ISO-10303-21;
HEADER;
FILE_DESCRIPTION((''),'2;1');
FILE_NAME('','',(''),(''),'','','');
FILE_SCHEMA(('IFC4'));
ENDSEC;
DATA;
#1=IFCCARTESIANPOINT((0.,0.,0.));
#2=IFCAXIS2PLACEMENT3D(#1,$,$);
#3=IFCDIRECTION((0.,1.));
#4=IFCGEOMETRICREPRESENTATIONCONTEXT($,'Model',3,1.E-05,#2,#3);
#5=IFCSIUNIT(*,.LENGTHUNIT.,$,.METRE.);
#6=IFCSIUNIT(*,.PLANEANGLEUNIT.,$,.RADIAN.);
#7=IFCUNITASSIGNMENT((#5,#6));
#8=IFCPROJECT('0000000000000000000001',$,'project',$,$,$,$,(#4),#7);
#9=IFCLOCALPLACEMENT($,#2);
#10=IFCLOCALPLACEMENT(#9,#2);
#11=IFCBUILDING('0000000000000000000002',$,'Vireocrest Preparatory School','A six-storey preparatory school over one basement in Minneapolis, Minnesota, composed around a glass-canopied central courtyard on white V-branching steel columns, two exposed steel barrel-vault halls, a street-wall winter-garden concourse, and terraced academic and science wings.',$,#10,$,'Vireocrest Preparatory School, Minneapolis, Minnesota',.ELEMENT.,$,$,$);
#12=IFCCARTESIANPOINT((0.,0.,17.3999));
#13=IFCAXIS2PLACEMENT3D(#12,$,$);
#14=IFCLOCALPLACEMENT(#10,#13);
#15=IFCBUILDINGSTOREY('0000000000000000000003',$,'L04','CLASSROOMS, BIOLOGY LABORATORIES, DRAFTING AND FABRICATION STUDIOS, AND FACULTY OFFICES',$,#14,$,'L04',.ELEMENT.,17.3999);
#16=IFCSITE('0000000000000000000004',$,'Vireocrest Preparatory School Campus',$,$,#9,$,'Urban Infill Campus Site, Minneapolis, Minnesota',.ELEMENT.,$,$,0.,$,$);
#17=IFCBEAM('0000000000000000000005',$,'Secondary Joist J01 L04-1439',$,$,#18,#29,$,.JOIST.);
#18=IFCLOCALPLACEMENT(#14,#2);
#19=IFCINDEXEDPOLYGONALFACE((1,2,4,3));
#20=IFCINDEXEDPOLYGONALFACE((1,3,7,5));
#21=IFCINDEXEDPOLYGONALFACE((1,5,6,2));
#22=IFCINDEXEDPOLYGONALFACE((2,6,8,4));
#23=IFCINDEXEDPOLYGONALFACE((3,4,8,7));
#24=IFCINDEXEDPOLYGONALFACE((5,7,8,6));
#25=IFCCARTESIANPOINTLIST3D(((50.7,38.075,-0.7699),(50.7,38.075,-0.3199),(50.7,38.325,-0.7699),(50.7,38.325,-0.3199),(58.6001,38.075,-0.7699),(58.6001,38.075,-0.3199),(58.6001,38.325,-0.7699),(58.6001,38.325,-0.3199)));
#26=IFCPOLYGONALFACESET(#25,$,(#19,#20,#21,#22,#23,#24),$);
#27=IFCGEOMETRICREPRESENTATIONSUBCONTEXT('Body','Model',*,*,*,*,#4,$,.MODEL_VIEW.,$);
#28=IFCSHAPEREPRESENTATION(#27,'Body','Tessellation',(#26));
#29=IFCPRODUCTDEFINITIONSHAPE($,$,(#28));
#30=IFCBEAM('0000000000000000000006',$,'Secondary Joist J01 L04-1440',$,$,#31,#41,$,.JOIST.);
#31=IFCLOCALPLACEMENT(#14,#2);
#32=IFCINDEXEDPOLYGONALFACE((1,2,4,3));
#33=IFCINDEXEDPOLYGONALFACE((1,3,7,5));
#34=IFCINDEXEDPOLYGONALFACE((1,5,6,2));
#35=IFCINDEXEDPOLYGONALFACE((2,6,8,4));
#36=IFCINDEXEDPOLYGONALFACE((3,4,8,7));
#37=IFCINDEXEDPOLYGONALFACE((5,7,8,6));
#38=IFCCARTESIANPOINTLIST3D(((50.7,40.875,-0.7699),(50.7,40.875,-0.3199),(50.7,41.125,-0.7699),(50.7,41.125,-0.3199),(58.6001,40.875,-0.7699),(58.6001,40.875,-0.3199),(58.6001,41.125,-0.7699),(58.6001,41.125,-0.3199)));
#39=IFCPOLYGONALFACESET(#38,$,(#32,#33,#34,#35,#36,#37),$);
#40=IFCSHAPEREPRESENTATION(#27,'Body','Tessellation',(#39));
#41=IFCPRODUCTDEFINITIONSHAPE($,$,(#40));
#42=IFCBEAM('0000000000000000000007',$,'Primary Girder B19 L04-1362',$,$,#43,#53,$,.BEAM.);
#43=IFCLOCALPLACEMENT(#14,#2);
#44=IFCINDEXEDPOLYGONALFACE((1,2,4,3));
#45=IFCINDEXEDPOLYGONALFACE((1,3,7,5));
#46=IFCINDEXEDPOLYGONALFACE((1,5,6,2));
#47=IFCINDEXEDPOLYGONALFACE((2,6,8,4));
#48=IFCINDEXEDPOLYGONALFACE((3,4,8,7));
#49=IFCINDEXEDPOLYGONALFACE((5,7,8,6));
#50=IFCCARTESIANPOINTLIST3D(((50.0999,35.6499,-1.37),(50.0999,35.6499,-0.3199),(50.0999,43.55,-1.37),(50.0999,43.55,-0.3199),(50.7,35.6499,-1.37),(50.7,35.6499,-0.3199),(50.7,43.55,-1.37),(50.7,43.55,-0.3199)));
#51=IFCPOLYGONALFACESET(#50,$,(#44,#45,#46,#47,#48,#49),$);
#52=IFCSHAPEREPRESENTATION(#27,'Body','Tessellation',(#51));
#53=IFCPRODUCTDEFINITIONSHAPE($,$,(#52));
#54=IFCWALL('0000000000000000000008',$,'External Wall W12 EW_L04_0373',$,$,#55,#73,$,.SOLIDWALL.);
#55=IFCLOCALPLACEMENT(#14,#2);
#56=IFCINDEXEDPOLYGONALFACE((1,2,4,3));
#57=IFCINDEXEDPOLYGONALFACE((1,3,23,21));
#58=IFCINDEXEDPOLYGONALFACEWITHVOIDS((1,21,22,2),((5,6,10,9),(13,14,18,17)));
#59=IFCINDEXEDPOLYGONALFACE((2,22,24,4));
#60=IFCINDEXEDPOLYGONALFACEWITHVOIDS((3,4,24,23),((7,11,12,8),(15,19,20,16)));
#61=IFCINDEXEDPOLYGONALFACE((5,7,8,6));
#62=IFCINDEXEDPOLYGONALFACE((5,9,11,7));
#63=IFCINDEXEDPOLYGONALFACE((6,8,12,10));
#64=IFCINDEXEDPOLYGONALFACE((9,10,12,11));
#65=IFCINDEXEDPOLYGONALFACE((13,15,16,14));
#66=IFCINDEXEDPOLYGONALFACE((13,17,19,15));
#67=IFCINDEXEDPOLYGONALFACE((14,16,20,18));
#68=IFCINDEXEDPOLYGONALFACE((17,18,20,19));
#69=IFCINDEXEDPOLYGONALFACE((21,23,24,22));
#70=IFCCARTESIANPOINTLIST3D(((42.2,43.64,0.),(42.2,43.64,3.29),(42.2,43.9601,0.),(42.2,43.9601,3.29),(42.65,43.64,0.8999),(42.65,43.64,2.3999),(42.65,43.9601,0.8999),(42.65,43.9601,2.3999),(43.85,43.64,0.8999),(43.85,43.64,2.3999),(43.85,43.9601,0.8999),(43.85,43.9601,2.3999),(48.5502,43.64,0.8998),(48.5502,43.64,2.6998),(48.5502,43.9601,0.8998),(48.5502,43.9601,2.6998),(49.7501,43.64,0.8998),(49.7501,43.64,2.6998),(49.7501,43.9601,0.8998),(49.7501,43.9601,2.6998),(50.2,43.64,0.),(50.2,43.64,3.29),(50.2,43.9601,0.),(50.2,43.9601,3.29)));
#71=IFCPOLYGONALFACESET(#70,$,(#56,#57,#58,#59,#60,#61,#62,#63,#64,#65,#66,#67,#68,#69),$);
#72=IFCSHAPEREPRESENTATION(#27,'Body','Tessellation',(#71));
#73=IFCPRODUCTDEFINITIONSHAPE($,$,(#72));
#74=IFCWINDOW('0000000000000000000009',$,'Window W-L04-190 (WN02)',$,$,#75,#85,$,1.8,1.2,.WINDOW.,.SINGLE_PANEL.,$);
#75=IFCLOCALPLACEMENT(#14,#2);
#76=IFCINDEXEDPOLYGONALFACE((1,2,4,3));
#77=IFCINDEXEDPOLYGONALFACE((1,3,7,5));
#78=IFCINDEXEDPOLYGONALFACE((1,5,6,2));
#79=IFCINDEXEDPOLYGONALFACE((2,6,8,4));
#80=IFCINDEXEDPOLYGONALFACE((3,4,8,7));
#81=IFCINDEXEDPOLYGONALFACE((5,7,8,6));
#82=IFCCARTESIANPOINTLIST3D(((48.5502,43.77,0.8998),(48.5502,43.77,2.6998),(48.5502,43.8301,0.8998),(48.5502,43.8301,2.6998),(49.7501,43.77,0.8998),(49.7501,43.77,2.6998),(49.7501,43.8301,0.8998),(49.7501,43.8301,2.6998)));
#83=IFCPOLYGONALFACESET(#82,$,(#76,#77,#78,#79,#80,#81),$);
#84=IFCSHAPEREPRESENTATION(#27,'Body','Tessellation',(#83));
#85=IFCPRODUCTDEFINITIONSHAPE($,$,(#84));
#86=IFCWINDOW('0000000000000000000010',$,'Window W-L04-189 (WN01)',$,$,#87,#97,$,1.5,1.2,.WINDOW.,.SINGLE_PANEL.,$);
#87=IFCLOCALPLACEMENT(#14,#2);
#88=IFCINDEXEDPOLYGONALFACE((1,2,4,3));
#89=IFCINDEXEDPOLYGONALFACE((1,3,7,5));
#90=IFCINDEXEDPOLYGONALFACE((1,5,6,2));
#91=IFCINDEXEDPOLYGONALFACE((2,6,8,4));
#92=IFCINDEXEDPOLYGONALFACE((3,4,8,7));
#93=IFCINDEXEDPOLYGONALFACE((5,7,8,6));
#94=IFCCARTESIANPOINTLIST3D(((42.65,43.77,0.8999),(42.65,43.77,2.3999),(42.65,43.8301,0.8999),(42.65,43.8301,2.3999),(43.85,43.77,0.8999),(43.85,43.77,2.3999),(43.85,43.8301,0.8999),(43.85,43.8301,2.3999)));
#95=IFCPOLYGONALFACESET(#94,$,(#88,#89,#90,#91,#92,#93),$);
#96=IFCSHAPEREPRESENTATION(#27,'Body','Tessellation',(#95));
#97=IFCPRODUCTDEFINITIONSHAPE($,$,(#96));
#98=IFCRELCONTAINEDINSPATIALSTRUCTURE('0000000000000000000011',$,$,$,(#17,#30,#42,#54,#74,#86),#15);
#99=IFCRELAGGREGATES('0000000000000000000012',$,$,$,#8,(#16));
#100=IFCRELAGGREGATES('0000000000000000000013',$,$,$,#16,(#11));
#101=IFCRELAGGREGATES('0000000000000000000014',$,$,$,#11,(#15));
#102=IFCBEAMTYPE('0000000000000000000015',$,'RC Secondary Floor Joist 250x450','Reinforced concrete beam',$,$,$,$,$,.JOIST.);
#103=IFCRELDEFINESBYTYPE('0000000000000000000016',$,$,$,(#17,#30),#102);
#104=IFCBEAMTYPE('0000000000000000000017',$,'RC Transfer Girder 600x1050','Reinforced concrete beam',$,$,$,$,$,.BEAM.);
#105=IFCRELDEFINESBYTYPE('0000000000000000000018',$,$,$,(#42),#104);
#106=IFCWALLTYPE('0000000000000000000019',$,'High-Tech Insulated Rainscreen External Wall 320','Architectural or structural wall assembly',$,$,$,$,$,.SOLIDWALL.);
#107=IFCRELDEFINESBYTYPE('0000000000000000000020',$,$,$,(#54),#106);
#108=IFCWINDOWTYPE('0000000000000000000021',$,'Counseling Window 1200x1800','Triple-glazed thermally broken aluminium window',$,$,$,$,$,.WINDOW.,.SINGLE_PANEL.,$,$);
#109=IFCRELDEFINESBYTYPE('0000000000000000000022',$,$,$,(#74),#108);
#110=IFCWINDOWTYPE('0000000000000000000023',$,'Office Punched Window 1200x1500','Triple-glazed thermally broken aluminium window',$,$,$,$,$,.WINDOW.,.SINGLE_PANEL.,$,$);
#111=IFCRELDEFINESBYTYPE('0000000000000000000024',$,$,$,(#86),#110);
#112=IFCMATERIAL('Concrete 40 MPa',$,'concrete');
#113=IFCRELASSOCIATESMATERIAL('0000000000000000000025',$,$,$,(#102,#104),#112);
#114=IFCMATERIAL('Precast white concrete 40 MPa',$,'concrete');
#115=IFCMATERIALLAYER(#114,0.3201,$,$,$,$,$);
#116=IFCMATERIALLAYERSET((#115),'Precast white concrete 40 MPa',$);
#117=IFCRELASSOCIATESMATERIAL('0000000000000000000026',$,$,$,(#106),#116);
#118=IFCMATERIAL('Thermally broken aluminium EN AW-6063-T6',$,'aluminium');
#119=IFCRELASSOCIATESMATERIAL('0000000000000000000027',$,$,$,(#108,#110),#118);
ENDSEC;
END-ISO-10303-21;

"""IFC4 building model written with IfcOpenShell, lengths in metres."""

from ifc_helpers import new_model, si_unit, direction, frame, frame_2d, origin, origin_2d, place, context, subcontext, project, spatial, rectangle, extrude, material, layer, layer_set, material_profile, profile_set, type_object, element, fill, save


model = new_model("IFC4")

# Units and contexts
model_context = context("Model", 3, precision=1e-05, world=origin(), true_north=direction((0.0, 1.0)))
body_context = subcontext(model_context, "Body", "Model", "MODEL_VIEW")
ifc_project = project(units=[si_unit("LENGTHUNIT", "METRE"), si_unit("PLANEANGLEUNIT", "RADIAN")], contexts=[model_context])

# Site, building, storey
site_placement = place(None, origin())
site = spatial("IfcSite", under=ifc_project, at=site_placement, Name="Vireocrest Preparatory School Campus", LongName="Urban Infill Campus Site, Minneapolis, Minnesota", CompositionType="ELEMENT", RefElevation=0.0)
building_placement = place(site_placement, origin())
building = spatial("IfcBuilding", under=site, at=building_placement, Name="Vireocrest Preparatory School", Description="A six-storey preparatory school over one basement in Minneapolis, Minnesota, composed around a glass-canopied central courtyard on white V-branching steel columns, two exposed steel barrel-vault halls, a street-wall winter-garden concourse, and terraced academic and science wings.", LongName="Vireocrest Preparatory School, Minneapolis, Minnesota", CompositionType="ELEMENT")
storey_placement = place(building_placement, frame((0.0, 0.0, 17.3999)))
storey = spatial("IfcBuildingStorey", under=building, at=storey_placement, Name="L04", Description="CLASSROOMS, BIOLOGY LABORATORIES, DRAFTING AND FABRICATION STUDIOS, AND FACULTY OFFICES", LongName="L04", CompositionType="ELEMENT", Elevation=17.3999)

# Shared definitions
ifc_material_1 = material(Name="Thermally broken aluminium EN AW-6063-T6", Category="aluminium")

# Beams
ifc_material_2 = material(Name="Concrete 40 MPa", Category="concrete")
ifc_material_profile_1 = material_profile(ifc_material_2, rectangle(XDim=0.25, YDim=0.45, at=origin_2d()), Name="RC 250x450")
ifc_profile_set_1 = profile_set([ifc_material_profile_1], Name="Concrete 40 MPa")
beam_type_1 = type_object("IfcBeamType", Name="RC Secondary Floor Joist 250x450", Description="Reinforced concrete beam", PredefinedType="JOIST", material=ifc_profile_set_1)
for number, where, z_axis, x_axis, name in (
    (1, (50.7, 38.2, -0.5449), (1.0, 0.0, 0.0), (0.0, 1.0, 0.0), "Secondary Joist J01 L04-1439"),
    (2, (50.7, 41.0, -0.5449), (1.0, 0.0, 0.0), (0.0, 1.0, 0.0), "Secondary Joist J01 L04-1440"),
):
    element("IfcBeam", number, at=place(storey_placement, frame(where, z_axis=z_axis, x_axis=x_axis)), inside=storey, type_object=beam_type_1, Name=name, PredefinedType="JOIST", context=body_context, shape_type="SweptSolid", body=[
        extrude(rectangle(XDim=0.25, YDim=0.45, at=origin_2d()), origin(), (0.0, 0.0, 1.0), 7.9001),
    ])
ifc_material_profile_2 = material_profile(ifc_material_2, rectangle(XDim=0.6001, YDim=1.05, at=origin_2d()), Name="RC 600x1050")
ifc_profile_set_2 = profile_set([ifc_material_profile_2], Name="Concrete 40 MPa")
beam_type_2 = type_object("IfcBeamType", Name="RC Transfer Girder 600x1050", Description="Reinforced concrete beam", PredefinedType="BEAM", material=ifc_profile_set_2)
beam_1_placement = place(storey_placement, frame((50.3999, 35.6499, -0.845), z_axis=(0.0, 1.0, 0.0), x_axis=(-1.0, 0.0, 0.0)))
element("IfcBeam", 3, at=beam_1_placement, inside=storey, type_object=beam_type_2, Name="Primary Girder B19 L04-1362", PredefinedType="BEAM", context=body_context, shape_type="SweptSolid", body=[
    extrude(rectangle(XDim=0.6001, YDim=1.05, at=origin_2d()), origin(), (0.0, 0.0, 1.0), 7.9001),
])

# Wall, openings, windows
ifc_material_3 = material(Name="Precast white concrete 40 MPa", Category="concrete")
ifc_layer_1 = layer(ifc_material_3, 0.3201)
ifc_layer_set_1 = layer_set([ifc_layer_1], Name="Precast white concrete 40 MPa")
wall_type = type_object("IfcWallType", Name="High-Tech Insulated Rainscreen External Wall 320", Description="Architectural or structural wall assembly", PredefinedType="SOLIDWALL", material=ifc_layer_set_1)
wall_placement = place(storey_placement, frame((42.2, 43.8, 0.0), z_axis=(0.0, 0.0, 1.0), x_axis=(1.0, 0.0, 0.0)))
wall = element("IfcWall", 4, at=wall_placement, inside=storey, type_object=wall_type, Name="External Wall W12 EW_L04_0373", PredefinedType="SOLIDWALL", context=body_context, shape_type="SweptSolid", body=[
    extrude(rectangle(XDim=8.0, YDim=0.3201, at=frame_2d((4.0, 0.0))), origin(), (0.0, 0.0, 1.0), 3.29),
])
opening_1_placement = place(wall_placement, frame((0.45, 0.0, 0.8999)))
opening_1 = element("IfcOpeningElement", 5, at=opening_1_placement, cuts=wall, PredefinedType="OPENING", context=body_context, shape_type="SweptSolid", body=[
    extrude(rectangle(XDim=1.2, YDim=1.5, at=frame_2d((0.6001, 0.75))), frame((0.0, 0.1699, 0.0), z_axis=(0.0, -1.0, 0.0), x_axis=(1.0, 0.0, 0.0)), (0.0, 0.0, 1.0), 0.3401),
])
opening_2_placement = place(wall_placement, frame((6.3501, 0.0, 0.8999)))
opening_2 = element("IfcOpeningElement", 6, at=opening_2_placement, cuts=wall, PredefinedType="OPENING", context=body_context, shape_type="SweptSolid", body=[
    extrude(rectangle(XDim=1.2, YDim=1.8, at=frame_2d((0.6001, 0.8999))), frame((0.0, 0.1699, 0.0), z_axis=(0.0, -1.0, 0.0), x_axis=(1.0, 0.0, 0.0)), (0.0, 0.0, 1.0), 0.3401),
])
window_type_1 = type_object("IfcWindowType", Name="Counseling Window 1200x1800", Description="Triple-glazed thermally broken aluminium window", PartitioningType="SINGLE_PANEL", PredefinedType="WINDOW", material=ifc_material_1)
window_1_placement = place(opening_2_placement, origin())
window_1 = element("IfcWindow", 7, at=window_1_placement, inside=storey, type_object=window_type_1, Name="Window W-L04-190 (WN02)", OverallHeight=1.8, OverallWidth=1.2, PartitioningType="SINGLE_PANEL", PredefinedType="WINDOW", context=body_context, shape_type="SweptSolid", body=[
    extrude(rectangle(XDim=1.2, YDim=1.8, at=frame_2d((0.6001, 0.8999))), frame((0.0, 0.03, 0.0), z_axis=(0.0, -1.0, 0.0), x_axis=(1.0, 0.0, 0.0)), (0.0, 0.0, 1.0), 0.0601),
])
fill(opening_2, window_1)
window_type_2 = type_object("IfcWindowType", Name="Office Punched Window 1200x1500", Description="Triple-glazed thermally broken aluminium window", PartitioningType="SINGLE_PANEL", PredefinedType="WINDOW", material=ifc_material_1)
window_2_placement = place(opening_1_placement, origin())
window_2 = element("IfcWindow", 8, at=window_2_placement, inside=storey, type_object=window_type_2, Name="Window W-L04-189 (WN01)", OverallHeight=1.5, OverallWidth=1.2, PartitioningType="SINGLE_PANEL", PredefinedType="WINDOW", context=body_context, shape_type="SweptSolid", body=[
    extrude(rectangle(XDim=1.2, YDim=1.5, at=frame_2d((0.6001, 0.75))), frame((0.0, 0.03, 0.0), z_axis=(0.0, -1.0, 0.0), x_axis=(1.0, 0.0, 0.0)), (0.0, 0.0, 1.0), 0.0601),
])
fill(opening_1, window_2)

save(model, "model.ifc")
